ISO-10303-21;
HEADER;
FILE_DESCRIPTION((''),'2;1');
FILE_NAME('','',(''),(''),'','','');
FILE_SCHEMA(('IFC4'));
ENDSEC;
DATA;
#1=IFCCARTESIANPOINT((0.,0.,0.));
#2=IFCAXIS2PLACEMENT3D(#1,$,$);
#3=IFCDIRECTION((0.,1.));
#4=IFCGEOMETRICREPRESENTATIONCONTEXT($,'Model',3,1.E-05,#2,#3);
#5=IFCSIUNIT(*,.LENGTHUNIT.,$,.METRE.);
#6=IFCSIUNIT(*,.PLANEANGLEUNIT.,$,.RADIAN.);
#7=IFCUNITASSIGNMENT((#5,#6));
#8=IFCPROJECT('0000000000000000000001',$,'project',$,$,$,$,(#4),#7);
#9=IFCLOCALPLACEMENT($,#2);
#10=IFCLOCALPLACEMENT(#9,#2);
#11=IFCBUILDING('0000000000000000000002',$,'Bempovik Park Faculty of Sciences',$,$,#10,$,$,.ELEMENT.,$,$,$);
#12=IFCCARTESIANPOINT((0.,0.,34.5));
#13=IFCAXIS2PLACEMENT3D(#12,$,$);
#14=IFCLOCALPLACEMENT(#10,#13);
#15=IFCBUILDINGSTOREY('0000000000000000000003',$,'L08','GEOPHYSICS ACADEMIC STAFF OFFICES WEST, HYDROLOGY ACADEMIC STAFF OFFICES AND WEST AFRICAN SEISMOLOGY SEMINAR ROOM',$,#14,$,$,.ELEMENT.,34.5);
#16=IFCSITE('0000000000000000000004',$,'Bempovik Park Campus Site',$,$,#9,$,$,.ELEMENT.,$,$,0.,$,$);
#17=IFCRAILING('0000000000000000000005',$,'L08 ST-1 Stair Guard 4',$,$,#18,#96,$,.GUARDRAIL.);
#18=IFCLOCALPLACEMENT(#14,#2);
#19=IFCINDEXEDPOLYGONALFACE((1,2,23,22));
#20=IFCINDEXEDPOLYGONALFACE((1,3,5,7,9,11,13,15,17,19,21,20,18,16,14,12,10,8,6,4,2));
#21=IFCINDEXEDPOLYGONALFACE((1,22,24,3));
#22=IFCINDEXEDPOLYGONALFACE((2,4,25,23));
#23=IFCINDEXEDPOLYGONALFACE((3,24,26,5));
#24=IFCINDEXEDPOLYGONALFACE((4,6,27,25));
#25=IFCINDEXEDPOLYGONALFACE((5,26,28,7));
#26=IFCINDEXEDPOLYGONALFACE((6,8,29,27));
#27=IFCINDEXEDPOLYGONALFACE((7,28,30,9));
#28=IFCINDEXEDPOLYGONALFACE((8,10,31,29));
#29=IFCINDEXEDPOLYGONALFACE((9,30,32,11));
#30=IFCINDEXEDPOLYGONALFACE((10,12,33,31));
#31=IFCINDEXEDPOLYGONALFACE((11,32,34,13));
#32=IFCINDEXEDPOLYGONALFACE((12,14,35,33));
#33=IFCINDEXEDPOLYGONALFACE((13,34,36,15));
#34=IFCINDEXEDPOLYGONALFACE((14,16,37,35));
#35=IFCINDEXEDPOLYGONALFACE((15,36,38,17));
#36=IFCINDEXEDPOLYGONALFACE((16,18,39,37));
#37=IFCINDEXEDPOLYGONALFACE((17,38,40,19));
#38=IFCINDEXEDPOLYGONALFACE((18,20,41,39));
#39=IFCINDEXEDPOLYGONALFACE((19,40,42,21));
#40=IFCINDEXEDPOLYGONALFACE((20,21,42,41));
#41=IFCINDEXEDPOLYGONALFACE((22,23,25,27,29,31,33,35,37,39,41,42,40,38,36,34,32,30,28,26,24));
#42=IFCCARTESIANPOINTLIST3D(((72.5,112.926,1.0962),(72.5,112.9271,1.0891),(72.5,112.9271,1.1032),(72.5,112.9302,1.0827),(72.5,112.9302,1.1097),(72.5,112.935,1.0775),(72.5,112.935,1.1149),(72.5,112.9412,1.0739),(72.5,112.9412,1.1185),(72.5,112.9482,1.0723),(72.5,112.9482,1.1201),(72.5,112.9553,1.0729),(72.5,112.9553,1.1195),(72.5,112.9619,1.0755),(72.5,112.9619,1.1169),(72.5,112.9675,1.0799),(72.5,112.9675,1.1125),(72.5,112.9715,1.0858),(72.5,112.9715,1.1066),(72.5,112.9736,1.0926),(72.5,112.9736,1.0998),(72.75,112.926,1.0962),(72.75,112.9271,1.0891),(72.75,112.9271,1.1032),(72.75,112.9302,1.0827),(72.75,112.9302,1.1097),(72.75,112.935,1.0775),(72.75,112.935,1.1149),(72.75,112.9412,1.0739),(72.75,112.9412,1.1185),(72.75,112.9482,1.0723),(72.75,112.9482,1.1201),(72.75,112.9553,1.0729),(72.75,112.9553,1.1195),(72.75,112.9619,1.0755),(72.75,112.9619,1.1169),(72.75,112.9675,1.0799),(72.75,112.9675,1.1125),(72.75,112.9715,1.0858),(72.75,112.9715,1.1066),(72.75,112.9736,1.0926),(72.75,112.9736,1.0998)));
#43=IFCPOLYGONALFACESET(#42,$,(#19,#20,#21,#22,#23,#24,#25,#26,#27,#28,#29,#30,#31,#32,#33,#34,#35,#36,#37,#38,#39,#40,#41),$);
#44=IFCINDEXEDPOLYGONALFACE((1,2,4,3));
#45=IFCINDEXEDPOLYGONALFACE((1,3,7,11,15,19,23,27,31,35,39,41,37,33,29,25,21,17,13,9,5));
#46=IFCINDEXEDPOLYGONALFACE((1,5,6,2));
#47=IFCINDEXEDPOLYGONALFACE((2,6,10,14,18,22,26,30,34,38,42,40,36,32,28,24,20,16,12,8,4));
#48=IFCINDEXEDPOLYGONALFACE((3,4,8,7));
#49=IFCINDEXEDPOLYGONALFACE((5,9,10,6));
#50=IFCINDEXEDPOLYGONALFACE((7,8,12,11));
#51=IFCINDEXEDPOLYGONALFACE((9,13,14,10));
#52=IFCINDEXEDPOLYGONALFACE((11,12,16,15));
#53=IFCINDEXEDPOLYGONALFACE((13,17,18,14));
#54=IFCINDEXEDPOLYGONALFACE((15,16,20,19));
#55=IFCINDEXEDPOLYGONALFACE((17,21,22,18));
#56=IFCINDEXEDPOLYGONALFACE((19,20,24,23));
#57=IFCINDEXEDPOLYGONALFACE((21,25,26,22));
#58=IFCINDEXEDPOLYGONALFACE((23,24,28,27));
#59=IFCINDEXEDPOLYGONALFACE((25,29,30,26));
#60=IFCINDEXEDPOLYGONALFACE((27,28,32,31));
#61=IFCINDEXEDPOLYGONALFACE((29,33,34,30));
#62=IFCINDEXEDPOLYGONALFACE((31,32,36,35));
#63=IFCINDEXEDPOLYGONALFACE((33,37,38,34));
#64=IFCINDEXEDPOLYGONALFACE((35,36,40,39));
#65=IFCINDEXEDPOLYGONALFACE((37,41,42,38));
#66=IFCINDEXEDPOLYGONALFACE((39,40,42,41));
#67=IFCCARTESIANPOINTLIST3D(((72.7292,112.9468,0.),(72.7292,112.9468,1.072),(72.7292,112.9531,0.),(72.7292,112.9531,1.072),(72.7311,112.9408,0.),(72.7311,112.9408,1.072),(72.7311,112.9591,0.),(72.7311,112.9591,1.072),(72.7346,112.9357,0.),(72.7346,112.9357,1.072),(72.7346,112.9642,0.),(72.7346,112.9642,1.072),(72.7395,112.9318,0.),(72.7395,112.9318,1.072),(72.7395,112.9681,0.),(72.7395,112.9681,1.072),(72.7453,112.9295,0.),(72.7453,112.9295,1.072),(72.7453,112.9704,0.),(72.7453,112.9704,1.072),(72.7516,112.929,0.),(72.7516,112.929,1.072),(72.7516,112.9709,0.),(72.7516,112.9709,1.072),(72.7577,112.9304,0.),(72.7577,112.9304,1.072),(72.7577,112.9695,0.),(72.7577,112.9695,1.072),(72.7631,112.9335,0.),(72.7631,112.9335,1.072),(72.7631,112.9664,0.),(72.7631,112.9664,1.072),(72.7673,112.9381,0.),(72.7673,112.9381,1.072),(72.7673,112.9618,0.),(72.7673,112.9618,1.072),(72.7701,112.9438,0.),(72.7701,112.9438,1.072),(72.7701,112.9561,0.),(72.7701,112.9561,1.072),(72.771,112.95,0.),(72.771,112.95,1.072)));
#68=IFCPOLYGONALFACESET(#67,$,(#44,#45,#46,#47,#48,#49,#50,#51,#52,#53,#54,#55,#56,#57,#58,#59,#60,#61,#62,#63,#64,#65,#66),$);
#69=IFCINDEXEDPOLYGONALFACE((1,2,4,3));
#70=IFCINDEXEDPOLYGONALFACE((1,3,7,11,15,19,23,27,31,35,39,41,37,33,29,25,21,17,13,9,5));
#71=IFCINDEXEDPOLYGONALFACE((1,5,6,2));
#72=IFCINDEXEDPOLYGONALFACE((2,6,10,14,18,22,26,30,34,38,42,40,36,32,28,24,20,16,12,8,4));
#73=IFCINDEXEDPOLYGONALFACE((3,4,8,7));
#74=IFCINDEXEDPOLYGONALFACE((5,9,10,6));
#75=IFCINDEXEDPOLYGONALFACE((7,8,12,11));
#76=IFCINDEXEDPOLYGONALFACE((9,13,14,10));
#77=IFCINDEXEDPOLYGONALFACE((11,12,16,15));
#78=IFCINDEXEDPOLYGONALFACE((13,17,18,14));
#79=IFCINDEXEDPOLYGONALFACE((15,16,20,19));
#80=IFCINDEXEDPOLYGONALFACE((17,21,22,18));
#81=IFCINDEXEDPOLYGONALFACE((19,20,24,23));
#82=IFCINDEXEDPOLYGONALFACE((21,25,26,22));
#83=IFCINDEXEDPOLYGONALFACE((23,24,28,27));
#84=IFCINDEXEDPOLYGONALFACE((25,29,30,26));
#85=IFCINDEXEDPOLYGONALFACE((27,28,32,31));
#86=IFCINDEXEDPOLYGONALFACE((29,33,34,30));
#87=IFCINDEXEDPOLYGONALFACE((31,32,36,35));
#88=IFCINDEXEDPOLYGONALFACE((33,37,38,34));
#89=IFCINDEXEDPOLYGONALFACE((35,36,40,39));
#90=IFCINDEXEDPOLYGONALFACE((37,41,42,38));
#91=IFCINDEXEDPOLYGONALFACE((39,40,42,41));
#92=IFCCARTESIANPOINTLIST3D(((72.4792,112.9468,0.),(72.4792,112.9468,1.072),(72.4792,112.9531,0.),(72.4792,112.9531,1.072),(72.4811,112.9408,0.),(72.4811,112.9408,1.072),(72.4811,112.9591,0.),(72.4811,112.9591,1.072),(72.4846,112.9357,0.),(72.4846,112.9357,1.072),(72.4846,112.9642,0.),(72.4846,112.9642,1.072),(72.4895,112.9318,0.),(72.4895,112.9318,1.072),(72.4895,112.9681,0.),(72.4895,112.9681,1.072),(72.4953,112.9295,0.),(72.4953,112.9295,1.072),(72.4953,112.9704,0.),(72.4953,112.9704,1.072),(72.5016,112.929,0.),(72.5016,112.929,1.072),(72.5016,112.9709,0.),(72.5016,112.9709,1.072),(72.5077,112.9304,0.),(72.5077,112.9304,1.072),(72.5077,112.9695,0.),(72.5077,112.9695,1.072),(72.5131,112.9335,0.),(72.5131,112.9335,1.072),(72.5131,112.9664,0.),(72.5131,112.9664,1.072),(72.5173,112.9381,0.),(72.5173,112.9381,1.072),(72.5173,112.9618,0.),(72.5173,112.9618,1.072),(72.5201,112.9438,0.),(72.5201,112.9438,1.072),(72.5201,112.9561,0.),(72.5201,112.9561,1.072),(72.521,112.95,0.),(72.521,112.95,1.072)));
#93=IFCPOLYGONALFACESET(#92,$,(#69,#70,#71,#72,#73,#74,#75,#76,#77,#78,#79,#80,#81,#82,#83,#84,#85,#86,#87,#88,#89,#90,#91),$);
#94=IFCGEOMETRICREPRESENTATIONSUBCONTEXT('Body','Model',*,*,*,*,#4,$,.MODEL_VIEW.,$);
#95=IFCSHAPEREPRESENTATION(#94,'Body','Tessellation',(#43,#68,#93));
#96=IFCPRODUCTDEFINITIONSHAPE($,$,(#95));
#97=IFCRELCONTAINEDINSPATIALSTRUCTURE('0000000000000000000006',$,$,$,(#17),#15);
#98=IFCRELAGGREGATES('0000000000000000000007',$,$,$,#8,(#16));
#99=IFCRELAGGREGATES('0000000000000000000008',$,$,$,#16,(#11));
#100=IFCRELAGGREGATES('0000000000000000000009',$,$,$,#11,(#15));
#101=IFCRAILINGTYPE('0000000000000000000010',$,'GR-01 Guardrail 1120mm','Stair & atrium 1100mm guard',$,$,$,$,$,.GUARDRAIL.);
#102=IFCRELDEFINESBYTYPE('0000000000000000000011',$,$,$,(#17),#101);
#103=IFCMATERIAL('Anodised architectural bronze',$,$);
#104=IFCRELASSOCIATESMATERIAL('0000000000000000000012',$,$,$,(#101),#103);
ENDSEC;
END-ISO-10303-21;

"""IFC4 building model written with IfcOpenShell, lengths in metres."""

from ifc_helpers import new_model, si_unit, direction, frame, origin, origin_2d, place, context, subcontext, project, spatial, circle, extrude, material, type_object, element, save


model = new_model("IFC4")

# Units and contexts
model_context = context("Model", 3, precision=1e-05, world=origin(), true_north=direction((0.0, 1.0)))
body_context = subcontext(model_context, "Body", "Model", "MODEL_VIEW")
ifc_project = project(units=[si_unit("LENGTHUNIT", "METRE"), si_unit("PLANEANGLEUNIT", "RADIAN")], contexts=[model_context])

# Site, building, storey
site_placement = place(None, origin())
site = spatial("IfcSite", under=ifc_project, at=site_placement, Name="Bempovik Park Campus Site", CompositionType="ELEMENT", RefElevation=0.0)
building_placement = place(site_placement, origin())
building = spatial("IfcBuilding", under=site, at=building_placement, Name="Bempovik Park Faculty of Sciences", CompositionType="ELEMENT")
storey_placement = place(building_placement, frame((0.0, 0.0, 34.5)))
storey = spatial("IfcBuildingStorey", under=building, at=storey_placement, Name="L08", Description="GEOPHYSICS ACADEMIC STAFF OFFICES WEST, HYDROLOGY ACADEMIC STAFF OFFICES AND WEST AFRICAN SEISMOLOGY SEMINAR ROOM", CompositionType="ELEMENT", Elevation=34.5)

# Railing
ifc_material_1 = material(Name="Anodised architectural bronze")
railing_type_1 = type_object("IfcRailingType", Name="GR-01 Guardrail 1120mm", Description="Stair & atrium 1100mm guard", PredefinedType="GUARDRAIL", material=ifc_material_1)
railing_1_placement = place(storey_placement, frame((72.75, 112.95, 0.0)))
element("IfcRailing", 1, at=railing_1_placement, inside=storey, type_object=railing_type_1, Name="L08 ST-1 Stair Guard 4", PredefinedType="GUARDRAIL", context=body_context, shape_type="SweptSolid", body=[
    extrude(circle(Radius=0.0239, at=origin_2d()), frame((0.0, 0.0, 1.0962), z_axis=(-1.0, 0.0, 0.0), x_axis=(0.0, -1.0, 0.0)), (0.0, 0.0, 1.0), 0.25),
    extrude(circle(Radius=0.021, at=origin_2d()), origin(), (0.0, 0.0, 1.0), 1.072),
    extrude(circle(Radius=0.021, at=origin_2d()), frame((-0.25, 0.0, 0.0)), (0.0, 0.0, 1.0), 1.072),
])

save(model, "model.ifc")
